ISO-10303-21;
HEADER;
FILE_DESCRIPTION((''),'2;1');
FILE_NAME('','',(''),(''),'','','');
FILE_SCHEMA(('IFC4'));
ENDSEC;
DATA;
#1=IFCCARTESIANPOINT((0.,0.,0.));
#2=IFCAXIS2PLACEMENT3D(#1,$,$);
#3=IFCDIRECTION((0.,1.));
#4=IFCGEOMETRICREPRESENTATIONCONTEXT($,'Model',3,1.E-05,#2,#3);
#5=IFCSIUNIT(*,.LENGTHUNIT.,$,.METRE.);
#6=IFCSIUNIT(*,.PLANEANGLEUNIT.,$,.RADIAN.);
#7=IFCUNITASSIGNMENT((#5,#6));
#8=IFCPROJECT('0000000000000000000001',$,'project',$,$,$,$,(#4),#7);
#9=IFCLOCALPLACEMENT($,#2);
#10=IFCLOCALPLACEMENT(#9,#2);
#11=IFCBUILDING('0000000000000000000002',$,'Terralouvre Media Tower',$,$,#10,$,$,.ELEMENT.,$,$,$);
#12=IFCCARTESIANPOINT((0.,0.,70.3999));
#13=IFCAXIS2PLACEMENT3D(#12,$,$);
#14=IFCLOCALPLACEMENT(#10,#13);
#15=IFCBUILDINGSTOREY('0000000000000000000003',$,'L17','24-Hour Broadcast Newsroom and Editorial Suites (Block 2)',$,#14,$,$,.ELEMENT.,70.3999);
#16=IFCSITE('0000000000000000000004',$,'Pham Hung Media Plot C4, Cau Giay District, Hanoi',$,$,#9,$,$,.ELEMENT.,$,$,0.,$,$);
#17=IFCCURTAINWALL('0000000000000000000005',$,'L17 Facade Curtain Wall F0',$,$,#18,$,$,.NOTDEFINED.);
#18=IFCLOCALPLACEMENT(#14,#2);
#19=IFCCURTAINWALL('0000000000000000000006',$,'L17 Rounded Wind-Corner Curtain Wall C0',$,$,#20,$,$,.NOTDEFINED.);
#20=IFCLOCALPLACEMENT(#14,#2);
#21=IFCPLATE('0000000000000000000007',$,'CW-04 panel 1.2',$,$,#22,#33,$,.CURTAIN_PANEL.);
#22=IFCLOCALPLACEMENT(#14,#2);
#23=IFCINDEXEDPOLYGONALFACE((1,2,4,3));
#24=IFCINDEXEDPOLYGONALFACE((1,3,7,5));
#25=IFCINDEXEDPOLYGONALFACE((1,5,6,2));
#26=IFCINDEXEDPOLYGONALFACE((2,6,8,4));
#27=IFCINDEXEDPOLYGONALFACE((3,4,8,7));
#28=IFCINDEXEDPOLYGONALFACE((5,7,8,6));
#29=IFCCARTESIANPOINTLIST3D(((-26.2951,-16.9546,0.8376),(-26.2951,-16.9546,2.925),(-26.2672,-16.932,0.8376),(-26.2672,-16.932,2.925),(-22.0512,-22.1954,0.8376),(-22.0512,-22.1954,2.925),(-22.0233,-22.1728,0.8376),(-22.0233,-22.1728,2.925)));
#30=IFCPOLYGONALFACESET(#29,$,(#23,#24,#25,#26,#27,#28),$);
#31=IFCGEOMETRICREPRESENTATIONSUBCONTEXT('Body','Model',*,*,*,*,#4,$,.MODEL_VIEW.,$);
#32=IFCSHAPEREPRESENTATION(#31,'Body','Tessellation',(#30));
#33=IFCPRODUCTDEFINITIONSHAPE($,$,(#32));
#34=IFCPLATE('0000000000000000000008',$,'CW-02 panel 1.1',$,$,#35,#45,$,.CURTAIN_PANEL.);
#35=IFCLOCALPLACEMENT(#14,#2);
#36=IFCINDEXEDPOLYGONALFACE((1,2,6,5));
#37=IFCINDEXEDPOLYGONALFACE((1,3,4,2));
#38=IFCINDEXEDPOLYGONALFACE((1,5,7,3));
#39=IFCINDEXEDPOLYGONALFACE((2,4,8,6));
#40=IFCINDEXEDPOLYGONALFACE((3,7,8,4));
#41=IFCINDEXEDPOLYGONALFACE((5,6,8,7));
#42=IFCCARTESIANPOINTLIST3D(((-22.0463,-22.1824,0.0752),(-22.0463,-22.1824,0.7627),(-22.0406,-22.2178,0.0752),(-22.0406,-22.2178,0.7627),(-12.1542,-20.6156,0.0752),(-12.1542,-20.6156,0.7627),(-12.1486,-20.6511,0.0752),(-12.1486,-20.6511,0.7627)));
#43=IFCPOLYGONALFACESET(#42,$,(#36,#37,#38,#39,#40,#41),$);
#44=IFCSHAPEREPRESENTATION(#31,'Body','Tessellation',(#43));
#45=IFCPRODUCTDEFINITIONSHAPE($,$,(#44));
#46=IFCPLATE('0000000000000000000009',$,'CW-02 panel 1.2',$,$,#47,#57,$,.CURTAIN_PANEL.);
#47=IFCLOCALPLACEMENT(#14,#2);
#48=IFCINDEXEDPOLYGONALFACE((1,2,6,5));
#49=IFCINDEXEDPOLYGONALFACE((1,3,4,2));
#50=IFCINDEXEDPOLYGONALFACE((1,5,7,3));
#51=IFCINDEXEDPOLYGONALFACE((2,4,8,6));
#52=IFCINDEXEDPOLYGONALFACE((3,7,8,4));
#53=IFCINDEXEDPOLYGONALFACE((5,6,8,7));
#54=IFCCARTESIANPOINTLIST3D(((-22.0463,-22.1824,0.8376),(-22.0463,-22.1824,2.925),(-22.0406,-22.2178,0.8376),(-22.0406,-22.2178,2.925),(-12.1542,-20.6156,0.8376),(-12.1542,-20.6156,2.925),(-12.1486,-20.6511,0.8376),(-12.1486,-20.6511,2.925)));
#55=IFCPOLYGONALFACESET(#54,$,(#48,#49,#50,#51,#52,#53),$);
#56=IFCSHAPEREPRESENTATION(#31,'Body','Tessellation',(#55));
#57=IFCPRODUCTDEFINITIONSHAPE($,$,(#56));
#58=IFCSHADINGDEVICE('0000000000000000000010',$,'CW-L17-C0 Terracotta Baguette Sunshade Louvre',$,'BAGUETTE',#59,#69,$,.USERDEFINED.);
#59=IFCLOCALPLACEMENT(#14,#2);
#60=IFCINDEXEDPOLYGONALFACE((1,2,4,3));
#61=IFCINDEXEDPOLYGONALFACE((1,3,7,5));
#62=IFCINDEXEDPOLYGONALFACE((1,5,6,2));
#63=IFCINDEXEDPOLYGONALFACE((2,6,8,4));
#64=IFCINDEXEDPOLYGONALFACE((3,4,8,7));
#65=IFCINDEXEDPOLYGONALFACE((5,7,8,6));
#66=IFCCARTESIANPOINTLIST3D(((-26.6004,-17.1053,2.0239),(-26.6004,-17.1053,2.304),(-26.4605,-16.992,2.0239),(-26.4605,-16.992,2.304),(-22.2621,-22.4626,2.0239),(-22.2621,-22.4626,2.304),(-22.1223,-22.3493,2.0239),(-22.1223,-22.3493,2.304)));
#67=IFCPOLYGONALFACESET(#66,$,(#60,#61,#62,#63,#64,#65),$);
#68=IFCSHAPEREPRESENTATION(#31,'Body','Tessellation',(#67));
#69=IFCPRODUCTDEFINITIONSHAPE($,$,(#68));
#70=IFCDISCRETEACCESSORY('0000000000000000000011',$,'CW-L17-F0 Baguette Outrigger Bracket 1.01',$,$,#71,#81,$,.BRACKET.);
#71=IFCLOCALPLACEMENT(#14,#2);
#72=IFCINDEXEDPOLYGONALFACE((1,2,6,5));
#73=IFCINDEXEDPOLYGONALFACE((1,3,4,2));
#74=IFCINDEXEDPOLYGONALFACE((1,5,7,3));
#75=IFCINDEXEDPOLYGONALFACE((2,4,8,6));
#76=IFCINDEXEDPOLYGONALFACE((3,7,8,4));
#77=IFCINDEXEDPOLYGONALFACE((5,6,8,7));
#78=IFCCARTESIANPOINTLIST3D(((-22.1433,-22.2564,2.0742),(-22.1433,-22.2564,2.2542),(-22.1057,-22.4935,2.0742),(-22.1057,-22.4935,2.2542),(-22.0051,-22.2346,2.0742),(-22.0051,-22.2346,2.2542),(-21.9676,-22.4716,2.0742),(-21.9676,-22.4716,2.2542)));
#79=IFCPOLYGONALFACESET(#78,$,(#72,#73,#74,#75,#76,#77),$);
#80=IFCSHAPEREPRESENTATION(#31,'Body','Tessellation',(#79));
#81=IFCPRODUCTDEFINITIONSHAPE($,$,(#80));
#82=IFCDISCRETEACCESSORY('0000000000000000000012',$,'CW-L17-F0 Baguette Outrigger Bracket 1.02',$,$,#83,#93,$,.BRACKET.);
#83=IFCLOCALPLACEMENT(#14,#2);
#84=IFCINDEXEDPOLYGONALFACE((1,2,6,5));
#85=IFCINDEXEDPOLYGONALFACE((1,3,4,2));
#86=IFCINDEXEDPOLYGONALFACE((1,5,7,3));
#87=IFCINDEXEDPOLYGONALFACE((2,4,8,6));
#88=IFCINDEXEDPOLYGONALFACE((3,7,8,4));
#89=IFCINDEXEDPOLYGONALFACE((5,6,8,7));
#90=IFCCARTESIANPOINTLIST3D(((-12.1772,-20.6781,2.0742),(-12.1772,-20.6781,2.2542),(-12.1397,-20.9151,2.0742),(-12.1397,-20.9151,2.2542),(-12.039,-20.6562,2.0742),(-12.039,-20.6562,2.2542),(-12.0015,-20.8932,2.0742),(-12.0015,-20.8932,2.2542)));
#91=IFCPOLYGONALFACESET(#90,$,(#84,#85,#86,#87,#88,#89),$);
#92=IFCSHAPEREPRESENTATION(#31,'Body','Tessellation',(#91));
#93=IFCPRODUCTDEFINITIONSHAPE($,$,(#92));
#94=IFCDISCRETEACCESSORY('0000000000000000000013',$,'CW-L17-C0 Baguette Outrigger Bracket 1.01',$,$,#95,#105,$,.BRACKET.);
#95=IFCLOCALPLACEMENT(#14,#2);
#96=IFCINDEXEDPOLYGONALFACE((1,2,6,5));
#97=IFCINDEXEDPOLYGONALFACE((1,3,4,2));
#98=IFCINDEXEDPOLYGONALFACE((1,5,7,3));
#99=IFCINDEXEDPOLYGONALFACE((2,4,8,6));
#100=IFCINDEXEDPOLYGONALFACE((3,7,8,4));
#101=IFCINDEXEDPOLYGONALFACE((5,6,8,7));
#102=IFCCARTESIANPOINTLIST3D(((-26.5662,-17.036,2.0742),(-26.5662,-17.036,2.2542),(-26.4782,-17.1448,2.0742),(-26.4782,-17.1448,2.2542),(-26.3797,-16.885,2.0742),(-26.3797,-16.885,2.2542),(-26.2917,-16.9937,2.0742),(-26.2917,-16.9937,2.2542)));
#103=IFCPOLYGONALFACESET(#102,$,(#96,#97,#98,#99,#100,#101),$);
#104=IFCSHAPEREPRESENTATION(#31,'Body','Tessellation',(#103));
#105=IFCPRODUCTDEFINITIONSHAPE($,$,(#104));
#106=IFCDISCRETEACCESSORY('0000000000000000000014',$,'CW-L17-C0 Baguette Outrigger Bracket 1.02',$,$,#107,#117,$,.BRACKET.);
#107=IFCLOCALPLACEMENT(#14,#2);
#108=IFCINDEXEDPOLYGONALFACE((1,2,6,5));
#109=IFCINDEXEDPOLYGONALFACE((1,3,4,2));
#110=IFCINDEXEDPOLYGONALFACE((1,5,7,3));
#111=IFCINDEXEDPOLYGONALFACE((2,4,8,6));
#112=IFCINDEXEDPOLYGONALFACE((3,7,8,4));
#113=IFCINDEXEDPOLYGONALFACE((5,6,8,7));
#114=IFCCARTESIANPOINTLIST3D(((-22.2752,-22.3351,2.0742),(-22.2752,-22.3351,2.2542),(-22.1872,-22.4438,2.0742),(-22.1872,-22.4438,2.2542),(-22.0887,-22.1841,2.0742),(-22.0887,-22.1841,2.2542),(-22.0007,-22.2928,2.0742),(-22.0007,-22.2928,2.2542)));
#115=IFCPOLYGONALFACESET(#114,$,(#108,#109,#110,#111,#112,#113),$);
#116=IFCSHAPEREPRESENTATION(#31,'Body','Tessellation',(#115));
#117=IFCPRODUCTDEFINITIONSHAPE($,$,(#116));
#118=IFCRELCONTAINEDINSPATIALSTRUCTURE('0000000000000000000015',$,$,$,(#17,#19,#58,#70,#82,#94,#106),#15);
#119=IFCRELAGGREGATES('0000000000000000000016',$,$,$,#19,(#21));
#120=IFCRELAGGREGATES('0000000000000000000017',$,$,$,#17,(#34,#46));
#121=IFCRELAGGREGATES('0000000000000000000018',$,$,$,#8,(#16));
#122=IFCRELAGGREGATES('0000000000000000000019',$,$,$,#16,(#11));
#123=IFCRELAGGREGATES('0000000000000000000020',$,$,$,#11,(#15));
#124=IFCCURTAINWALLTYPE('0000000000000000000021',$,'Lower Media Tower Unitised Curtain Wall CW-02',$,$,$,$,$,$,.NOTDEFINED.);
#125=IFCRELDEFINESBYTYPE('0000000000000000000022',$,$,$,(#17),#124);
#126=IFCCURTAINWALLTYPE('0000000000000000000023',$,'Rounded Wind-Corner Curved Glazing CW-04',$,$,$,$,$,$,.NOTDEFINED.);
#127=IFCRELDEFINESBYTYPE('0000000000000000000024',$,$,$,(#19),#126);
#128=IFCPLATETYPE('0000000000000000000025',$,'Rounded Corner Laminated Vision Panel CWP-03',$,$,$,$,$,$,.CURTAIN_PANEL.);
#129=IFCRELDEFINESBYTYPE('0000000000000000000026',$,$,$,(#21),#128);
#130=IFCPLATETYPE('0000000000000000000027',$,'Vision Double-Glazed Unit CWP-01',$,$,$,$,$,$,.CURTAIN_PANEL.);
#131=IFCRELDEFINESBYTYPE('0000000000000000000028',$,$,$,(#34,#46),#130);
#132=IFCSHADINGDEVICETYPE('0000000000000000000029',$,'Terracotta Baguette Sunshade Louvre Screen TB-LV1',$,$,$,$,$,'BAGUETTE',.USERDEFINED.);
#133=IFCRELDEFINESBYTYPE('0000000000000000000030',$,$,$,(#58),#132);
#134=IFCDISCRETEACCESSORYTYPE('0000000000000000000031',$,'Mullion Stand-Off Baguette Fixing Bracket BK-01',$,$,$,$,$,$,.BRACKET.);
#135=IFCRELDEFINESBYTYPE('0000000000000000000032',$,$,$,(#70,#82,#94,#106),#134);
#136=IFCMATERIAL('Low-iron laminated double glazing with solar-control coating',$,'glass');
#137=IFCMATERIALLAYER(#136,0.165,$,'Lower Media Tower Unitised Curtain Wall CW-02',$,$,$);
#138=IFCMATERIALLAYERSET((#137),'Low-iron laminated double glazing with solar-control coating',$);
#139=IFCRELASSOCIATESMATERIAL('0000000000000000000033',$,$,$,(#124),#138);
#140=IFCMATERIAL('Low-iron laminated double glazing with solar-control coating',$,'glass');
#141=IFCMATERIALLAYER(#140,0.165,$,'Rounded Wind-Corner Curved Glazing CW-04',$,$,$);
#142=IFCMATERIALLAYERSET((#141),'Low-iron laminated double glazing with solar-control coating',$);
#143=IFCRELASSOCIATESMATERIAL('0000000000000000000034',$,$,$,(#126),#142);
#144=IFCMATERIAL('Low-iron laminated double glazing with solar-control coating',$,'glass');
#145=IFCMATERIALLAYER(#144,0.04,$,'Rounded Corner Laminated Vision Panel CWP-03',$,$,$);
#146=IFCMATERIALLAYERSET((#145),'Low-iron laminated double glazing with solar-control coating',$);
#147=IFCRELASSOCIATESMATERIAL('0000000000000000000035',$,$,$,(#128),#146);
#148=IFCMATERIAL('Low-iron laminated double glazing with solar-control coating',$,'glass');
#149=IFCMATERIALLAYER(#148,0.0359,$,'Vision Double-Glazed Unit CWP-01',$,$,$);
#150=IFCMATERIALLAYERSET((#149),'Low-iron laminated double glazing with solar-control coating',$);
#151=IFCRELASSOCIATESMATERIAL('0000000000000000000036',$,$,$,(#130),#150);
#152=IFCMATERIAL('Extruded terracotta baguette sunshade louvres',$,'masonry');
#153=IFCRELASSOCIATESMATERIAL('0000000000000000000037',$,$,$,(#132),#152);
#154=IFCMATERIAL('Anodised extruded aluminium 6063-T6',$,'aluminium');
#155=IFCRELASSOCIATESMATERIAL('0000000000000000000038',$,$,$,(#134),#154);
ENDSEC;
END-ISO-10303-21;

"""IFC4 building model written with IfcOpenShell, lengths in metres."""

from ifc_helpers import new_model, si_unit, direction, frame, origin, origin_2d, place, context, subcontext, project, spatial, rectangle, extrude, material, layer, layer_set, type_object, element, aggregate, save


model = new_model("IFC4")

# Units and contexts
model_context = context("Model", 3, precision=1e-05, world=origin(), true_north=direction((0.0, 1.0)))
body_context = subcontext(model_context, "Body", "Model", "MODEL_VIEW")
ifc_project = project(units=[si_unit("LENGTHUNIT", "METRE"), si_unit("PLANEANGLEUNIT", "RADIAN")], contexts=[model_context])

# Site, building, storey
site_placement = place(None, origin())
site = spatial("IfcSite", under=ifc_project, at=site_placement, Name="Pham Hung Media Plot C4, Cau Giay District, Hanoi", CompositionType="ELEMENT", RefElevation=0.0)
building_placement = place(site_placement, origin())
building = spatial("IfcBuilding", under=site, at=building_placement, Name="Terralouvre Media Tower", CompositionType="ELEMENT")
storey_placement = place(building_placement, frame((0.0, 0.0, 70.3999)))
storey = spatial("IfcBuildingStorey", under=building, at=storey_placement, Name="L17", Description="24-Hour Broadcast Newsroom and Editorial Suites (Block 2)", CompositionType="ELEMENT", Elevation=70.3999)

# Curtain walls
ifc_material_1 = material(Name="Low-iron laminated double glazing with solar-control coating", Category="glass")
ifc_layer_1 = layer(ifc_material_1, 0.165, Name="Lower Media Tower Unitised Curtain Wall CW-02")
ifc_layer_set_1 = layer_set([ifc_layer_1], Name="Low-iron laminated double glazing with solar-control coating")
curtain_wall_type_1 = type_object("IfcCurtainWallType", Name="Lower Media Tower Unitised Curtain Wall CW-02", PredefinedType="NOTDEFINED", material=ifc_layer_set_1)
curtain_wall_1_placement = place(storey_placement, origin())
curtain_wall_1 = element("IfcCurtainWall", 1, at=curtain_wall_1_placement, inside=storey, type_object=curtain_wall_type_1, Name="L17 Facade Curtain Wall F0", PredefinedType="NOTDEFINED")
ifc_material_2 = material(Name="Low-iron laminated double glazing with solar-control coating", Category="glass")
ifc_layer_2 = layer(ifc_material_2, 0.165, Name="Rounded Wind-Corner Curved Glazing CW-04")
ifc_layer_set_2 = layer_set([ifc_layer_2], Name="Low-iron laminated double glazing with solar-control coating")
curtain_wall_type_2 = type_object("IfcCurtainWallType", Name="Rounded Wind-Corner Curved Glazing CW-04", PredefinedType="NOTDEFINED", material=ifc_layer_set_2)
curtain_wall_2_placement = place(storey_placement, origin())
curtain_wall_2 = element("IfcCurtainWall", 2, at=curtain_wall_2_placement, inside=storey, type_object=curtain_wall_type_2, Name="L17 Rounded Wind-Corner Curtain Wall C0", PredefinedType="NOTDEFINED")

# Plates
ifc_material_3 = material(Name="Low-iron laminated double glazing with solar-control coating", Category="glass")
ifc_layer_3 = layer(ifc_material_3, 0.04, Name="Rounded Corner Laminated Vision Panel CWP-03")
ifc_layer_set_3 = layer_set([ifc_layer_3], Name="Low-iron laminated double glazing with solar-control coating")
plate_type_1 = type_object("IfcPlateType", Name="Rounded Corner Laminated Vision Panel CWP-03", PredefinedType="CURTAIN_PANEL", material=ifc_layer_set_3)
plate_1_placement = place(storey_placement, frame((-24.1592, -19.5637, 0.8376), z_axis=(0.0, 0.0, 1.0), x_axis=(0.62932, -0.777146, 0.0)))
plate_1 = element("IfcPlate", 3, at=plate_1_placement, type_object=plate_type_1, Name="CW-04 panel 1.2", PredefinedType="CURTAIN_PANEL", context=body_context, shape_type="SweptSolid", body=[
    extrude(rectangle(XDim=6.7437, YDim=0.0359, at=origin_2d()), origin(), (0.0, 0.0, 1.0), 2.0874),
])
aggregate(curtain_wall_2, [plate_1])
ifc_material_4 = material(Name="Low-iron laminated double glazing with solar-control coating", Category="glass")
ifc_layer_4 = layer(ifc_material_4, 0.0359, Name="Vision Double-Glazed Unit CWP-01")
ifc_layer_set_4 = layer_set([ifc_layer_4], Name="Low-iron laminated double glazing with solar-control coating")
plate_type_2 = type_object("IfcPlateType", Name="Vision Double-Glazed Unit CWP-01", PredefinedType="CURTAIN_PANEL", material=ifc_layer_set_4)
plate_2_placement = place(storey_placement, frame((-17.0974, -21.4167, 0.0752), z_axis=(0.0, 0.0, 1.0), x_axis=(0.987688, 0.156434, 0.0)))
plate_2 = element("IfcPlate", 4, at=plate_2_placement, type_object=plate_type_2, Name="CW-02 panel 1.1", PredefinedType="CURTAIN_PANEL", context=body_context, shape_type="SweptSolid", body=[
    extrude(rectangle(XDim=10.0154, YDim=0.0359, at=origin_2d()), origin(), (0.0, 0.0, 1.0), 0.6875),
])
plate_3_placement = place(storey_placement, frame((-17.0974, -21.4167, 0.8376), z_axis=(0.0, 0.0, 1.0), x_axis=(0.987688, 0.156434, 0.0)))
plate_3 = element("IfcPlate", 5, at=plate_3_placement, type_object=plate_type_2, Name="CW-02 panel 1.2", PredefinedType="CURTAIN_PANEL", context=body_context, shape_type="SweptSolid", body=[
    extrude(rectangle(XDim=10.0154, YDim=0.0359, at=origin_2d()), origin(), (0.0, 0.0, 1.0), 2.0874),
])
aggregate(curtain_wall_1, [plate_2, plate_3])

# Shading device
ifc_material_5 = material(Name="Extruded terracotta baguette sunshade louvres", Category="masonry")
shading_device_type = type_object("IfcShadingDeviceType", Name="Terracotta Baguette Sunshade Louvre Screen TB-LV1", ElementType="BAGUETTE", PredefinedType="USERDEFINED", material=ifc_material_5)
shading_device_placement = place(storey_placement, frame((-24.3613, -19.7273, 2.0239), z_axis=(0.0, 0.0, 1.0), x_axis=(0.62932, -0.777146, 0.0)))
element("IfcShadingDevice", 6, at=shading_device_placement, inside=storey, type_object=shading_device_type, Name="CW-L17-C0 Terracotta Baguette Sunshade Louvre", ObjectType="BAGUETTE", PredefinedType="USERDEFINED", context=body_context, shape_type="SweptSolid", body=[
    extrude(rectangle(XDim=6.8936, YDim=0.1799, at=origin_2d()), origin(), (0.0, 0.0, 1.0), 0.28),
])

# Discrete accessories
ifc_material_6 = material(Name="Anodised extruded aluminium 6063-T6", Category="aluminium")
discrete_accessory_type = type_object("IfcDiscreteAccessoryType", Name="Mullion Stand-Off Baguette Fixing Bracket BK-01", PredefinedType="BRACKET", material=ifc_material_6)
for number, where, z_axis, x_axis, name in (
    (7, (-22.0554, -22.364, 2.0742), (0.0, 0.0, 1.0), (0.987688, 0.156434, 0.0), "CW-L17-F0 Baguette Outrigger Bracket 1.01"),
    (8, (-12.0894, -20.7856, 2.0742), (0.0, 0.0, 1.0), (0.987688, 0.156434, 0.0), "CW-L17-F0 Baguette Outrigger Bracket 1.02"),
    (9, (-26.429, -17.0149, 2.0742), (0.0, 0.0, 1.0), (0.62932, -0.777146, 0.0), "CW-L17-C0 Baguette Outrigger Bracket 1.01"),
    (10, (-22.1379, -22.314, 2.0742), (0.0, 0.0, 1.0), (0.62932, -0.777146, 0.0), "CW-L17-C0 Baguette Outrigger Bracket 1.02"),
):
    element("IfcDiscreteAccessory", number, at=place(storey_placement, frame(where, z_axis=z_axis, x_axis=x_axis)), inside=storey, type_object=discrete_accessory_type, Name=name, PredefinedType="BRACKET", context=body_context, shape_type="SweptSolid", body=[
        extrude(rectangle(XDim=0.1399, YDim=0.24, at=origin_2d()), origin(), (0.0, 0.0, 1.0), 0.1799),
    ])

save(model, "model.ifc")
